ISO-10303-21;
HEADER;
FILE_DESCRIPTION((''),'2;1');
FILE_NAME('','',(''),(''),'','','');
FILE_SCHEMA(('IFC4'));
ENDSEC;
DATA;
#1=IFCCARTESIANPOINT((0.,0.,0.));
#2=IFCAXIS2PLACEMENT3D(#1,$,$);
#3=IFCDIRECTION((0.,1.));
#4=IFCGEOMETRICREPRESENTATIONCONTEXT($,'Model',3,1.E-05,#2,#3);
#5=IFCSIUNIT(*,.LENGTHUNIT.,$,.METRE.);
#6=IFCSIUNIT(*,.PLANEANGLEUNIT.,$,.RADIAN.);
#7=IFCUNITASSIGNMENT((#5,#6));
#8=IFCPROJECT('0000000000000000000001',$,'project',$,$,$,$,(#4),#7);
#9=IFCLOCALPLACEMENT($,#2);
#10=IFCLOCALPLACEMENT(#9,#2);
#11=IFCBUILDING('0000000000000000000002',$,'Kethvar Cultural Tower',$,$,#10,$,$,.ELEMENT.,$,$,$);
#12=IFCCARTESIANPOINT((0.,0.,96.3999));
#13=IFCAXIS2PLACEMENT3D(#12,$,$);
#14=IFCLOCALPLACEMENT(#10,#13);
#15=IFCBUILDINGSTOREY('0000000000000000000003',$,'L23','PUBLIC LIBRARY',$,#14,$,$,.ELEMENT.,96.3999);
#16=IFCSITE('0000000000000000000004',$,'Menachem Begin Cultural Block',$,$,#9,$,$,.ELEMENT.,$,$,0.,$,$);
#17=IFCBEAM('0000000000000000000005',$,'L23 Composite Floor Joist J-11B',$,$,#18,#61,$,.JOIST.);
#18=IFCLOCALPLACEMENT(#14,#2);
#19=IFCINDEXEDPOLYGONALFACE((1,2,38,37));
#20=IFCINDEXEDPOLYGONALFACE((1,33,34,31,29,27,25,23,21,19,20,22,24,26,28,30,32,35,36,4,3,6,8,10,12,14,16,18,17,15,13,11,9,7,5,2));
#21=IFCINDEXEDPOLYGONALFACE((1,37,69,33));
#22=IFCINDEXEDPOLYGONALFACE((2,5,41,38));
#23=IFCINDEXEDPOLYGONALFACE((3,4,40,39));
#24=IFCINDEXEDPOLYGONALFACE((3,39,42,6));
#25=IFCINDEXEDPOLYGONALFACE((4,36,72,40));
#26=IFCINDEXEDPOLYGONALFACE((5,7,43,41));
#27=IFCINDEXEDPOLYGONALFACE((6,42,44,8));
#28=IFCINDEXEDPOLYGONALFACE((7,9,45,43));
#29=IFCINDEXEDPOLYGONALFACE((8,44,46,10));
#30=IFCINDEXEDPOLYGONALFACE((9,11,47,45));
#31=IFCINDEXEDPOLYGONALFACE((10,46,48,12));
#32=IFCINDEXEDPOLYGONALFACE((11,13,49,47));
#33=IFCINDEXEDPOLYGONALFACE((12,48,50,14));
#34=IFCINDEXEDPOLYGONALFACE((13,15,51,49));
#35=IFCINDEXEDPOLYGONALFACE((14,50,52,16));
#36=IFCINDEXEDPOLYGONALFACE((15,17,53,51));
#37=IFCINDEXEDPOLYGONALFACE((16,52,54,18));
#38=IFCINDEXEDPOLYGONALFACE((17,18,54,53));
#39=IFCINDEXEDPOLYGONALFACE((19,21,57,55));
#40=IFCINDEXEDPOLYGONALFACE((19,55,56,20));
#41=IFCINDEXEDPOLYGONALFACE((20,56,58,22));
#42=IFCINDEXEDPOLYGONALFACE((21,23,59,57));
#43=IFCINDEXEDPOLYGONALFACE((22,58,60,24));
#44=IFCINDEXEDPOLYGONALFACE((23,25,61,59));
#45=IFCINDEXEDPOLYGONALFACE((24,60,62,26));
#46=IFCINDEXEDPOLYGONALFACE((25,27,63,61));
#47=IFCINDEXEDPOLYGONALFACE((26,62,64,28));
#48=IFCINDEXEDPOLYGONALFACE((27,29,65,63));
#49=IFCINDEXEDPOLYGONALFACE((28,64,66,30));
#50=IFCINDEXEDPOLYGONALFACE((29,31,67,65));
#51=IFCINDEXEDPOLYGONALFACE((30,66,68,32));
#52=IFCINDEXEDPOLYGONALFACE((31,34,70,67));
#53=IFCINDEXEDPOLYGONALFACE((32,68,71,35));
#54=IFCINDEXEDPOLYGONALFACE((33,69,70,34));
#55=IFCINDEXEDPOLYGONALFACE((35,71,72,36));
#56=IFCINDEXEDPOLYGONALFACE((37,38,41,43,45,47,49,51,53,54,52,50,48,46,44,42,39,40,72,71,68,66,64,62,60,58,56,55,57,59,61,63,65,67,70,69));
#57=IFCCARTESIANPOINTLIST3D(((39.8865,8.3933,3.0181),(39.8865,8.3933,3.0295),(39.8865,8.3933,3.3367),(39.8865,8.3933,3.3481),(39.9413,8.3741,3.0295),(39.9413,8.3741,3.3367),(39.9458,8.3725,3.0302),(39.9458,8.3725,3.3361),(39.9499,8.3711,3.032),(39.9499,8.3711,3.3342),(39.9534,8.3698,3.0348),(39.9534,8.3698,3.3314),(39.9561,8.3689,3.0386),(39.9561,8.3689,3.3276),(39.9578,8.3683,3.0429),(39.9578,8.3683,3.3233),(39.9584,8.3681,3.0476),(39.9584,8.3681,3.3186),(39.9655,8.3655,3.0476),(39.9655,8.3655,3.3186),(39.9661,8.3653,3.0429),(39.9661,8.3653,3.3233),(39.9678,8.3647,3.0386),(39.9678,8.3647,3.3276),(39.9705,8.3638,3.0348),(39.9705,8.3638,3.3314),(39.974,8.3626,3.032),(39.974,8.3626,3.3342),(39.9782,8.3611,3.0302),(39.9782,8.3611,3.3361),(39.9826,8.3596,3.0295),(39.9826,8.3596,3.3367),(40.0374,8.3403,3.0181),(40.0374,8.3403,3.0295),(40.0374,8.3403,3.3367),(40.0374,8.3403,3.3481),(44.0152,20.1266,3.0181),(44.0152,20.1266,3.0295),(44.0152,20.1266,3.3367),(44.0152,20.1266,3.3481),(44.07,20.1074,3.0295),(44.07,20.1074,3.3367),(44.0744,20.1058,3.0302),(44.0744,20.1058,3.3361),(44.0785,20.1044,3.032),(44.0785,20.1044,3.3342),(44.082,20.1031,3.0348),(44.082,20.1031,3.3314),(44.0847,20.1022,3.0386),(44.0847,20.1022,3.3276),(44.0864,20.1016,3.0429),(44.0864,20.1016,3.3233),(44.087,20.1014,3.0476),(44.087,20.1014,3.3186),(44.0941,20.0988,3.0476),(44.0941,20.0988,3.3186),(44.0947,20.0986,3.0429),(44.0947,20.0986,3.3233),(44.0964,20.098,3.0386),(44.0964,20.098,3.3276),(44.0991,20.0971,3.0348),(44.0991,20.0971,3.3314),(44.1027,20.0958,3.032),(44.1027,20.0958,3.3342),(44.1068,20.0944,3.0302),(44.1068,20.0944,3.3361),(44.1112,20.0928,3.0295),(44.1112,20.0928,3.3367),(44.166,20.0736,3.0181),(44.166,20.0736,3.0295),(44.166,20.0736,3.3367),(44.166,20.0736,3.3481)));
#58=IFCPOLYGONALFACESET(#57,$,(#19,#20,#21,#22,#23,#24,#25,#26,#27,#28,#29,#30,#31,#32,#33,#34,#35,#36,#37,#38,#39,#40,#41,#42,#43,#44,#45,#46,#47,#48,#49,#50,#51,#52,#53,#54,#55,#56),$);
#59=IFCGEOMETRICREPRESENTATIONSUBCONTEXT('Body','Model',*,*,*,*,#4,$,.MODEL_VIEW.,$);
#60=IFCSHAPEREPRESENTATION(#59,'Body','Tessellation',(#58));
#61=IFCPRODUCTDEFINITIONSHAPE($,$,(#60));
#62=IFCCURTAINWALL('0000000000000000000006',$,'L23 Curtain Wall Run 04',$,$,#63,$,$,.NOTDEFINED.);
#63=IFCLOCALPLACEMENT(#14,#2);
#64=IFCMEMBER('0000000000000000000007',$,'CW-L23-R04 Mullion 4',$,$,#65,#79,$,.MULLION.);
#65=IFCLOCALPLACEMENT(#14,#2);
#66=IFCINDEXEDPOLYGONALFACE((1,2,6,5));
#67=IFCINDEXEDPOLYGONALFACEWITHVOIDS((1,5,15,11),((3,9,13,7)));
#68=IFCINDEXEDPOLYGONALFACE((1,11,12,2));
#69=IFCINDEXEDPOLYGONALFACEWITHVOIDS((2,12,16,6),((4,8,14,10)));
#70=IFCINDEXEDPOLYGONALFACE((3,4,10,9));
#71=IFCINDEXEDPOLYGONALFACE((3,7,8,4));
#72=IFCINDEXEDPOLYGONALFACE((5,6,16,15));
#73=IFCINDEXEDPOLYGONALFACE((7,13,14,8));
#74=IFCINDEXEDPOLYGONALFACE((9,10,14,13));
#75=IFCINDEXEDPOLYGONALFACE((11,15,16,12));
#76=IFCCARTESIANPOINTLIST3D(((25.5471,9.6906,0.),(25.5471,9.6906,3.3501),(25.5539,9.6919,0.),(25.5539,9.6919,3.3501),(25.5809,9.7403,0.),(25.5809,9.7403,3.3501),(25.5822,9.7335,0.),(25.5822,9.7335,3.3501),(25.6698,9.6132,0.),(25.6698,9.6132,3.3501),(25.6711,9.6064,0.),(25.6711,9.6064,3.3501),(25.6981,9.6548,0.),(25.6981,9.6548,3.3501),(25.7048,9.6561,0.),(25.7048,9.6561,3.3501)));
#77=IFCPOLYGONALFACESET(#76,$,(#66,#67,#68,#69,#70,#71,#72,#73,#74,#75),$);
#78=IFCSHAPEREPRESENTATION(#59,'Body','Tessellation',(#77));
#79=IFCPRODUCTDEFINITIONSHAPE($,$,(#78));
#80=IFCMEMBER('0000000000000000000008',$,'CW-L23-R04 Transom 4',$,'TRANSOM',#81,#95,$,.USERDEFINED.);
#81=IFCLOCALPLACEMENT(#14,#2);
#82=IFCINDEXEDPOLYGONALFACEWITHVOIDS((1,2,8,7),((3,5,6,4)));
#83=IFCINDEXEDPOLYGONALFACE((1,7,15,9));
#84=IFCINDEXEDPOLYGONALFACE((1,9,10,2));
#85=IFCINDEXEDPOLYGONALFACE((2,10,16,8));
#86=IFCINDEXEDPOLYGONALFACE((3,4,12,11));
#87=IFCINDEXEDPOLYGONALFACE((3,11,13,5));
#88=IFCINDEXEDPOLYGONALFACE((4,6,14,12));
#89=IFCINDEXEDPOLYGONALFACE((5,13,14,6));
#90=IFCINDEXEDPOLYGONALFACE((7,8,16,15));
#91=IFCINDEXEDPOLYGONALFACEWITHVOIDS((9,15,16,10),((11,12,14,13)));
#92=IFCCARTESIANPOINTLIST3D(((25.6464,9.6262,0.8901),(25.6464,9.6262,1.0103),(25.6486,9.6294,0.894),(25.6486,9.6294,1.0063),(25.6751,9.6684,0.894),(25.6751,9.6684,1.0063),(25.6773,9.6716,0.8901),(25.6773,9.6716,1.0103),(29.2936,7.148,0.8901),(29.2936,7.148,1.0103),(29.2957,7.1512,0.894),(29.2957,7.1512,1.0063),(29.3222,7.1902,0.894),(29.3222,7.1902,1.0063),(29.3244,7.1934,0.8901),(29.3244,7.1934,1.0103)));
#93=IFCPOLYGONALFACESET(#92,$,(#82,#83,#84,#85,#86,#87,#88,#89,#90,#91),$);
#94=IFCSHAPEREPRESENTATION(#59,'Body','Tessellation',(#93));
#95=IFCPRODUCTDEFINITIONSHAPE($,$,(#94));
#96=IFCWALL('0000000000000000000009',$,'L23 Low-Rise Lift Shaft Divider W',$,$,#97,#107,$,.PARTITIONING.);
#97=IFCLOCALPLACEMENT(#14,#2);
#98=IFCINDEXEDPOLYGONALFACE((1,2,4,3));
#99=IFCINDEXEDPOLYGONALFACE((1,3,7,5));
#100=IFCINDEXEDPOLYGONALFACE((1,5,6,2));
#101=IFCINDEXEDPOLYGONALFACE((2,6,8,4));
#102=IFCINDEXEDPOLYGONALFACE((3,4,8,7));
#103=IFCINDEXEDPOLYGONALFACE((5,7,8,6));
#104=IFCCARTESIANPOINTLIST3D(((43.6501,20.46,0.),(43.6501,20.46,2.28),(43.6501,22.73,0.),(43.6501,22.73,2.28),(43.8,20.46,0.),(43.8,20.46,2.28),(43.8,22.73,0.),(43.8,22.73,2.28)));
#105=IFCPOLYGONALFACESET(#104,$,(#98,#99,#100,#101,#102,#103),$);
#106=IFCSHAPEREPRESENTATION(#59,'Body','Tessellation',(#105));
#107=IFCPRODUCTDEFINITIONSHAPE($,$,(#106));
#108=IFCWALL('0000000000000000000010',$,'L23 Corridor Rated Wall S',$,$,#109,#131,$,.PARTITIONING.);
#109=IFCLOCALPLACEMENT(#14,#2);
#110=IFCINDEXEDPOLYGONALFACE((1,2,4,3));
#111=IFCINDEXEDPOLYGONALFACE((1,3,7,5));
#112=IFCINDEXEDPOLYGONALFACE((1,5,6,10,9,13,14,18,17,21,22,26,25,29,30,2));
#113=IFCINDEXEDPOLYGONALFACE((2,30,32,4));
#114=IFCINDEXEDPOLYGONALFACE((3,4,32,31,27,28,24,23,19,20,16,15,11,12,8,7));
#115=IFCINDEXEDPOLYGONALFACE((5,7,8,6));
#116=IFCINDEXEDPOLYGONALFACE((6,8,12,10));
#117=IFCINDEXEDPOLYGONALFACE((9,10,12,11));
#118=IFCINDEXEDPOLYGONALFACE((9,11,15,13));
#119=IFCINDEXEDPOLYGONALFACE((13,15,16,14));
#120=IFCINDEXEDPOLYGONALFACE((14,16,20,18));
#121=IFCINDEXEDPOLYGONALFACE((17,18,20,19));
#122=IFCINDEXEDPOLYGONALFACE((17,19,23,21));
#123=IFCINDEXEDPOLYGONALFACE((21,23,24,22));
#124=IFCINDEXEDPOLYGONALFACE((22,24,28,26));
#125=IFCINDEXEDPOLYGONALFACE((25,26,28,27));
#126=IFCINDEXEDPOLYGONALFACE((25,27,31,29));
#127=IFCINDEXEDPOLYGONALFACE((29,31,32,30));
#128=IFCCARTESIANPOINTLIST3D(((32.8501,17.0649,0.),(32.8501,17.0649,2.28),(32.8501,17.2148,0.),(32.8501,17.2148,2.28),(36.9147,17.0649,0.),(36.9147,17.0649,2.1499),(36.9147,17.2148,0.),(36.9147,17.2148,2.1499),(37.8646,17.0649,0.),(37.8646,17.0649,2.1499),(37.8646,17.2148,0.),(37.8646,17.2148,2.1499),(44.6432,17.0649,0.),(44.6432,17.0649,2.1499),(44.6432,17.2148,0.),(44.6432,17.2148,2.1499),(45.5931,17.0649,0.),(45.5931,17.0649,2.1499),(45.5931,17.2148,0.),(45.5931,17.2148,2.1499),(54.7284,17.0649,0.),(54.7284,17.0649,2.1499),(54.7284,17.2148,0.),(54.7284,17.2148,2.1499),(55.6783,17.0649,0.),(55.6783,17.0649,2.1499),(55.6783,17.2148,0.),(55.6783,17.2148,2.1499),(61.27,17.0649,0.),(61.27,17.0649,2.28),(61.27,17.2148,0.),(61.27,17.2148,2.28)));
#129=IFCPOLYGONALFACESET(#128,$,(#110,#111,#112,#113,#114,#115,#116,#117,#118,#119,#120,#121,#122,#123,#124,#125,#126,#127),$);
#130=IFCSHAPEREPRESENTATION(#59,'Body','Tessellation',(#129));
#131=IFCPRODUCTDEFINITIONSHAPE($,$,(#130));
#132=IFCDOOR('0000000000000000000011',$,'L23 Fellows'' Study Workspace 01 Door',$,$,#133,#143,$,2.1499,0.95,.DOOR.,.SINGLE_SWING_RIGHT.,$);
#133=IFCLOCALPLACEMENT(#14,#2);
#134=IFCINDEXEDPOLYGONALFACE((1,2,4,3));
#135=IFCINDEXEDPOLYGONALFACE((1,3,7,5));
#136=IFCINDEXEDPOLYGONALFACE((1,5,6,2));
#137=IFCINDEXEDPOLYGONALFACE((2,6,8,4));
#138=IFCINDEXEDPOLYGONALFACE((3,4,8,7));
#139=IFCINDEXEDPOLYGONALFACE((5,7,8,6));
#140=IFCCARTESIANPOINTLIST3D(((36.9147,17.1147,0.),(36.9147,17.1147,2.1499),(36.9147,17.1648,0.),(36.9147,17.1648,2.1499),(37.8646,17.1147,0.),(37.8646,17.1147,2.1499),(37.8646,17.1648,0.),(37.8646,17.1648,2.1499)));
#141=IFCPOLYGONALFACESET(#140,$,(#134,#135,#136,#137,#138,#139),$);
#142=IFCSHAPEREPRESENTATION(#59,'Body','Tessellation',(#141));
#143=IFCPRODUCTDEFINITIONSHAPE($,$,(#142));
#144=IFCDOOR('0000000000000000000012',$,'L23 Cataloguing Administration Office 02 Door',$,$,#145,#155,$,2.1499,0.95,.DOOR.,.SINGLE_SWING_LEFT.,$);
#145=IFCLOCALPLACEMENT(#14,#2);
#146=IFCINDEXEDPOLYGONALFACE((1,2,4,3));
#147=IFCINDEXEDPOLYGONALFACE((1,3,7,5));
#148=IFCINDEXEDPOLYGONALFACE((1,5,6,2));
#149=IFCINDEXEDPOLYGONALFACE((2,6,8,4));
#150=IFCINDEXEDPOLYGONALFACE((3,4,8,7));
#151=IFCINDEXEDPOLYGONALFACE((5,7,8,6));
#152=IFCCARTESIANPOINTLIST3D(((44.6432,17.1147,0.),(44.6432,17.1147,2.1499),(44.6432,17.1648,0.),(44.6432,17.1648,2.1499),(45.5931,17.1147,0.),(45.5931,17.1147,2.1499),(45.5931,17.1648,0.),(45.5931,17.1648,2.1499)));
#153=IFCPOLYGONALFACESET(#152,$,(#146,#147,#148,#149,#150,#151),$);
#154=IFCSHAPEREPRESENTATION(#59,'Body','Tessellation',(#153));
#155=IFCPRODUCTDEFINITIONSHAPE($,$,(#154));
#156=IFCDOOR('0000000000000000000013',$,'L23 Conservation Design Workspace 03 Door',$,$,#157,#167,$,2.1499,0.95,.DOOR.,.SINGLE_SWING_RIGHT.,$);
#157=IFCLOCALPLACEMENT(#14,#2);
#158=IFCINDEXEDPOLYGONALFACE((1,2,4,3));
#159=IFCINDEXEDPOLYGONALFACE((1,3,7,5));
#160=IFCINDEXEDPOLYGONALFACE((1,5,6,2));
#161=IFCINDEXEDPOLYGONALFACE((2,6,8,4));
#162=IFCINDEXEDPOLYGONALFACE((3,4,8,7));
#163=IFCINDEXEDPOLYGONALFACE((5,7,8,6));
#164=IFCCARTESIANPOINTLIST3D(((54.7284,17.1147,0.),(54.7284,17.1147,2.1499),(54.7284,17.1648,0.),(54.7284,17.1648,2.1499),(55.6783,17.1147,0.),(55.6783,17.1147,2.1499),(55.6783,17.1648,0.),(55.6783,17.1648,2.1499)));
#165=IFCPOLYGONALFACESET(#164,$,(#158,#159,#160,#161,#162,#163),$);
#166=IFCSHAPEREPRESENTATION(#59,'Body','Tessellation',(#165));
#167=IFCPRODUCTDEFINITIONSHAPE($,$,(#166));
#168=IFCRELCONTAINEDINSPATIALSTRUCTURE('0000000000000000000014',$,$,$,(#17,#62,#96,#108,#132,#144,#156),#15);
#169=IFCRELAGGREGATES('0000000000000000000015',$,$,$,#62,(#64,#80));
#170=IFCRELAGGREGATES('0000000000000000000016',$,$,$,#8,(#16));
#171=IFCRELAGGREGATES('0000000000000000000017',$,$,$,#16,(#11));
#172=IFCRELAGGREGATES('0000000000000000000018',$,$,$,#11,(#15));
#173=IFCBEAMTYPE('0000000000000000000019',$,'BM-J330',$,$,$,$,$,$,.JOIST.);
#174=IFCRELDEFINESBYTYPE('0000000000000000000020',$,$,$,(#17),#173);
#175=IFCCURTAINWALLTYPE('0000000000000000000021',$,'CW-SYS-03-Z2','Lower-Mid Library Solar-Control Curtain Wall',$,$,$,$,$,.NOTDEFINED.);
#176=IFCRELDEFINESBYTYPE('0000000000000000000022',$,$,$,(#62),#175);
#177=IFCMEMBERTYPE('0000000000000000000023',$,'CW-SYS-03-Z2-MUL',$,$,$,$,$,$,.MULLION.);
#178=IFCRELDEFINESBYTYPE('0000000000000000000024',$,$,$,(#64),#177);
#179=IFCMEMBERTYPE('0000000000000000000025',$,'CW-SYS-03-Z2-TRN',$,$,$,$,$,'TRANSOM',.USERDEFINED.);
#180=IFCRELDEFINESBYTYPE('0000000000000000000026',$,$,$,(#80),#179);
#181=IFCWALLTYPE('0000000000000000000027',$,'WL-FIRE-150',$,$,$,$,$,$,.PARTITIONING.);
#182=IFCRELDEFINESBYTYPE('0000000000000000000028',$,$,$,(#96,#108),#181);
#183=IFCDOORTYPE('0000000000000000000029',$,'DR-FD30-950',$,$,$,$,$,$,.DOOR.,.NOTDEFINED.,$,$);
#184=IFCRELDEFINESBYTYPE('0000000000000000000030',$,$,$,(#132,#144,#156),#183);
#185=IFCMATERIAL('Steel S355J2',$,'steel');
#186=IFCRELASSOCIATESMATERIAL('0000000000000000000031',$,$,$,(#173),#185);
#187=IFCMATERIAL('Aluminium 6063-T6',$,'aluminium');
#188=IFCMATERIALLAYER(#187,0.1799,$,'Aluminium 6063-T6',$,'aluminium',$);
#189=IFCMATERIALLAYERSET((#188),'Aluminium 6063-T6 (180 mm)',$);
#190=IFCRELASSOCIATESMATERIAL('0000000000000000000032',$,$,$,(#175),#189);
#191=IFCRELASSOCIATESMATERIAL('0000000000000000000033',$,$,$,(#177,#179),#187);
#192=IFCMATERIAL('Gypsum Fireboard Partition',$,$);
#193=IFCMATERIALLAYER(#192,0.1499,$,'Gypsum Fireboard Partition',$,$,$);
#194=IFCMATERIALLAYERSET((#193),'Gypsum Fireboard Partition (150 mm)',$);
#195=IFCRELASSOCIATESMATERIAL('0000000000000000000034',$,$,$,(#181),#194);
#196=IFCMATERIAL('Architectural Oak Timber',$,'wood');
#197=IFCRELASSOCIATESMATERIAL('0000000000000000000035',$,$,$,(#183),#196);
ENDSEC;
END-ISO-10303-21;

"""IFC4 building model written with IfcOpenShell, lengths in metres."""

from ifc_helpers import new_model, si_unit, direction, frame, frame_2d, origin, origin_2d, place, context, subcontext, project, spatial, rectangle, hollow_rectangle, i_section, extrude, source, transform, mapped, material, layer, layer_set, material_profile, profile_set, type_object, element, fill, aggregate, save


model = new_model("IFC4")

# Units and contexts
model_context = context("Model", 3, precision=1e-05, world=origin(), true_north=direction((0.0, 1.0)))
body_context = subcontext(model_context, "Body", "Model", "MODEL_VIEW")
ifc_project = project(units=[si_unit("LENGTHUNIT", "METRE"), si_unit("PLANEANGLEUNIT", "RADIAN")], contexts=[model_context])

# Site, building, storey
site_placement = place(None, origin())
site = spatial("IfcSite", under=ifc_project, at=site_placement, Name="Menachem Begin Cultural Block", CompositionType="ELEMENT", RefElevation=0.0)
building_placement = place(site_placement, origin())
building = spatial("IfcBuilding", under=site, at=building_placement, Name="Kethvar Cultural Tower", CompositionType="ELEMENT")
storey_placement = place(building_placement, frame((0.0, 0.0, 96.3999)))
storey = spatial("IfcBuildingStorey", under=building, at=storey_placement, Name="L23", Description="PUBLIC LIBRARY", CompositionType="ELEMENT", Elevation=96.3999)

# Beam
ifc_material_1 = material(Name="Steel S355J2", Category="steel")
ifc_material_profile_1 = material_profile(ifc_material_1, i_section(OverallWidth=0.1599, OverallDepth=0.3301, WebThickness=0.0076, FlangeThickness=0.0115, FilletRadius=0.0181, at=origin_2d()), Name="Steel S355J2 — IPE330")
ifc_profile_set_1 = profile_set([ifc_material_profile_1], Name="Steel S355J2 — IPE330")
beam_type_1 = type_object("IfcBeamType", Name="BM-J330", PredefinedType="JOIST", material=ifc_profile_set_1)
shared_shape_1 = source(origin(), body_context, "Body", "SweptSolid", [
    extrude(i_section(OverallWidth=0.1599, OverallDepth=0.3301, WebThickness=0.0076, FlangeThickness=0.0115, FilletRadius=0.0181, at=origin_2d()), origin(), (0.0, 0.0, 1.0), 12.4385),
])
beam_1_placement = place(storey_placement, frame((44.0906, 20.1001, 3.1831), z_axis=(-0.331924, -0.943306, 0.0), x_axis=(0.943306, -0.331924, 0.0)))
element("IfcBeam", 1, at=beam_1_placement, inside=storey, type_object=beam_type_1, Name="L23 Composite Floor Joist J-11B", PredefinedType="JOIST", context=body_context, shape_type="MappedRepresentation", body=[
    mapped(shared_shape_1, transform((0.0, 0.0, 0.0), scale=1.0)),
])

# Curtain wall, members
ifc_material_2 = material(Name="Aluminium 6063-T6", Category="aluminium")
ifc_layer_1 = layer(ifc_material_2, 0.1799, Name="Aluminium 6063-T6", Category="aluminium")
ifc_layer_set_1 = layer_set([ifc_layer_1], Name="Aluminium 6063-T6 (180 mm)")
curtain_wall_type = type_object("IfcCurtainWallType", Name="CW-SYS-03-Z2", Description="Lower-Mid Library Solar-Control Curtain Wall", PredefinedType="NOTDEFINED", material=ifc_layer_set_1)
curtain_wall_placement = place(storey_placement, origin())
curtain_wall = element("IfcCurtainWall", 2, at=curtain_wall_placement, inside=storey, type_object=curtain_wall_type, Name="L23 Curtain Wall Run 04", PredefinedType="NOTDEFINED")
ifc_material_profile_2 = material_profile(ifc_material_2, hollow_rectangle(XDim=0.0601, YDim=0.1499, WallThickness=0.0049, at=origin_2d()), Name="Aluminium 6063-T6 — RHS150x60x5")
ifc_profile_set_2 = profile_set([ifc_material_profile_2], Name="Aluminium 6063-T6 — RHS150x60x5")
member_type_1 = type_object("IfcMemberType", Name="CW-SYS-03-Z2-MUL", PredefinedType="MULLION", material=ifc_profile_set_2)
shared_shape_2 = source(origin(), body_context, "Body", "SweptSolid", [
    extrude(hollow_rectangle(XDim=0.0601, YDim=0.1499, WallThickness=0.0049, at=origin_2d()), origin(), (0.0, 0.0, 1.0), 3.3501),
])
member_1_placement = place(storey_placement, frame((25.626, 9.6733, 0.0), z_axis=(0.0, 0.0, 1.0), x_axis=(0.56204, 0.82711, 0.0)))
member_1 = element("IfcMember", 3, at=member_1_placement, type_object=member_type_1, Name="CW-L23-R04 Mullion 4", PredefinedType="MULLION", context=body_context, shape_type="MappedRepresentation", body=[
    mapped(shared_shape_2, transform((0.0, 0.0, 0.0), scale=1.0)),
])
ifc_material_profile_3 = material_profile(ifc_material_2, hollow_rectangle(XDim=0.0549, YDim=0.1201, WallThickness=0.0039, at=origin_2d()), Name="Aluminium 6063-T6 — RHS120x55x4")
ifc_profile_set_3 = profile_set([ifc_material_profile_3], Name="Aluminium 6063-T6 — RHS120x55x4")
member_type_2 = type_object("IfcMemberType", Name="CW-SYS-03-Z2-TRN", ElementType="TRANSOM", PredefinedType="USERDEFINED", material=ifc_profile_set_3)
shared_shape_3 = source(origin(), body_context, "Body", "SweptSolid", [
    extrude(hollow_rectangle(XDim=0.0549, YDim=0.1201, WallThickness=0.0039, at=origin_2d()), origin(), (0.0, 0.0, 1.0), 4.4094),
])
member_2_placement = place(storey_placement, frame((25.6619, 9.6489, 0.9502), z_axis=(0.82712, -0.562025, 0.0), x_axis=(0.562025, 0.82712, 0.0)))
member_2 = element("IfcMember", 4, at=member_2_placement, type_object=member_type_2, Name="CW-L23-R04 Transom 4", ObjectType="TRANSOM", PredefinedType="USERDEFINED", context=body_context, shape_type="MappedRepresentation", body=[
    mapped(shared_shape_3, transform((0.0, 0.0, 0.0), scale=1.0)),
])
aggregate(curtain_wall, [member_1, member_2])

# Wall
ifc_material_3 = material(Name="Gypsum Fireboard Partition")
ifc_layer_2 = layer(ifc_material_3, 0.1499, Name="Gypsum Fireboard Partition")
ifc_layer_set_2 = layer_set([ifc_layer_2], Name="Gypsum Fireboard Partition (150 mm)")
wall_type_1 = type_object("IfcWallType", Name="WL-FIRE-150", PredefinedType="PARTITIONING", material=ifc_layer_set_2)
wall_1_placement = place(storey_placement, frame((43.7251, 20.46, 0.0), z_axis=(0.0, 0.0, 1.0), x_axis=(0.0, 1.0, 0.0)))
element("IfcWall", 5, at=wall_1_placement, inside=storey, type_object=wall_type_1, Name="L23 Low-Rise Lift Shaft Divider W", PredefinedType="PARTITIONING", context=body_context, shape_type="SweptSolid", body=[
    extrude(rectangle(XDim=2.27, YDim=0.1499, at=frame_2d((1.135, 0.0))), origin(), (0.0, 0.0, 1.0), 2.28),
])

# Wall, openings, doors
wall_2_placement = place(storey_placement, frame((32.8501, 17.1399, 0.0), z_axis=(0.0, 0.0, 1.0), x_axis=(1.0, 0.0, 0.0)))
wall_2 = element("IfcWall", 6, at=wall_2_placement, inside=storey, type_object=wall_type_1, Name="L23 Corridor Rated Wall S", PredefinedType="PARTITIONING", context=body_context, shape_type="SweptSolid", body=[
    extrude(rectangle(XDim=28.4199, YDim=0.1499, at=frame_2d((14.21, 0.0))), origin(), (0.0, 0.0, 1.0), 2.28),
])
opening_1_placement = place(wall_2_placement, frame((4.0645, 0.0, 0.0)))
opening_1 = element("IfcOpeningElement", 7, at=opening_1_placement, cuts=wall_2, PredefinedType="OPENING", context=body_context, shape_type="SweptSolid", body=[
    extrude(rectangle(XDim=0.95, YDim=2.1499, at=frame_2d((0.4751, 1.075))), frame((0.0, 0.085, 0.0), z_axis=(0.0, -1.0, 0.0), x_axis=(1.0, 0.0, 0.0)), (0.0, 0.0, 1.0), 0.1699),
])
opening_2_placement = place(wall_2_placement, frame((11.793, 0.0, 0.0)))
opening_2 = element("IfcOpeningElement", 8, at=opening_2_placement, cuts=wall_2, PredefinedType="OPENING", context=body_context, shape_type="SweptSolid", body=[
    extrude(rectangle(XDim=0.95, YDim=2.1499, at=frame_2d((0.4751, 1.075))), frame((0.0, 0.085, 0.0), z_axis=(0.0, -1.0, 0.0), x_axis=(1.0, 0.0, 0.0)), (0.0, 0.0, 1.0), 0.1699),
])
opening_3_placement = place(wall_2_placement, frame((21.8782, 0.0, 0.0)))
opening_3 = element("IfcOpeningElement", 9, at=opening_3_placement, cuts=wall_2, PredefinedType="OPENING", context=body_context, shape_type="SweptSolid", body=[
    extrude(rectangle(XDim=0.95, YDim=2.1499, at=frame_2d((0.4751, 1.075))), frame((0.0, 0.085, 0.0), z_axis=(0.0, -1.0, 0.0), x_axis=(1.0, 0.0, 0.0)), (0.0, 0.0, 1.0), 0.1699),
])
ifc_material_4 = material(Name="Architectural Oak Timber", Category="wood")
door_type_1 = type_object("IfcDoorType", Name="DR-FD30-950", OperationType="NOTDEFINED", PredefinedType="DOOR", material=ifc_material_4)
shared_shape_4 = source(origin(), body_context, "Body", "SweptSolid", [
    extrude(rectangle(XDim=0.95, YDim=2.1499, at=frame_2d((0.4751, 1.075))), frame((0.0, 0.0249, 0.0), z_axis=(0.0, -1.0, 0.0), x_axis=(1.0, 0.0, 0.0)), (0.0, 0.0, 1.0), 0.05),
])
door_1_placement = place(opening_1_placement, origin())
door_1 = element("IfcDoor", 10, at=door_1_placement, inside=storey, type_object=door_type_1, Name="L23 Fellows' Study Workspace 01 Door", OperationType="SINGLE_SWING_RIGHT", OverallHeight=2.1499, OverallWidth=0.95, PredefinedType="DOOR", context=body_context, shape_type="MappedRepresentation", body=[
    mapped(shared_shape_4, transform((0.0, 0.0, 0.0), scale=1.0)),
])
fill(opening_1, door_1)
door_2_placement = place(opening_2_placement, origin())
door_2 = element("IfcDoor", 11, at=door_2_placement, inside=storey, type_object=door_type_1, Name="L23 Cataloguing Administration Office 02 Door", OperationType="SINGLE_SWING_LEFT", OverallHeight=2.1499, OverallWidth=0.95, PredefinedType="DOOR", context=body_context, shape_type="MappedRepresentation", body=[
    mapped(shared_shape_4, transform((0.0, 0.0, 0.0), scale=1.0)),
])
fill(opening_2, door_2)
door_3_placement = place(opening_3_placement, origin())
door_3 = element("IfcDoor", 12, at=door_3_placement, inside=storey, type_object=door_type_1, Name="L23 Conservation Design Workspace 03 Door", OperationType="SINGLE_SWING_RIGHT", OverallHeight=2.1499, OverallWidth=0.95, PredefinedType="DOOR", context=body_context, shape_type="MappedRepresentation", body=[
    mapped(shared_shape_4, transform((0.0, 0.0, 0.0), scale=1.0)),
])
fill(opening_3, door_3)

save(model, "model.ifc")
